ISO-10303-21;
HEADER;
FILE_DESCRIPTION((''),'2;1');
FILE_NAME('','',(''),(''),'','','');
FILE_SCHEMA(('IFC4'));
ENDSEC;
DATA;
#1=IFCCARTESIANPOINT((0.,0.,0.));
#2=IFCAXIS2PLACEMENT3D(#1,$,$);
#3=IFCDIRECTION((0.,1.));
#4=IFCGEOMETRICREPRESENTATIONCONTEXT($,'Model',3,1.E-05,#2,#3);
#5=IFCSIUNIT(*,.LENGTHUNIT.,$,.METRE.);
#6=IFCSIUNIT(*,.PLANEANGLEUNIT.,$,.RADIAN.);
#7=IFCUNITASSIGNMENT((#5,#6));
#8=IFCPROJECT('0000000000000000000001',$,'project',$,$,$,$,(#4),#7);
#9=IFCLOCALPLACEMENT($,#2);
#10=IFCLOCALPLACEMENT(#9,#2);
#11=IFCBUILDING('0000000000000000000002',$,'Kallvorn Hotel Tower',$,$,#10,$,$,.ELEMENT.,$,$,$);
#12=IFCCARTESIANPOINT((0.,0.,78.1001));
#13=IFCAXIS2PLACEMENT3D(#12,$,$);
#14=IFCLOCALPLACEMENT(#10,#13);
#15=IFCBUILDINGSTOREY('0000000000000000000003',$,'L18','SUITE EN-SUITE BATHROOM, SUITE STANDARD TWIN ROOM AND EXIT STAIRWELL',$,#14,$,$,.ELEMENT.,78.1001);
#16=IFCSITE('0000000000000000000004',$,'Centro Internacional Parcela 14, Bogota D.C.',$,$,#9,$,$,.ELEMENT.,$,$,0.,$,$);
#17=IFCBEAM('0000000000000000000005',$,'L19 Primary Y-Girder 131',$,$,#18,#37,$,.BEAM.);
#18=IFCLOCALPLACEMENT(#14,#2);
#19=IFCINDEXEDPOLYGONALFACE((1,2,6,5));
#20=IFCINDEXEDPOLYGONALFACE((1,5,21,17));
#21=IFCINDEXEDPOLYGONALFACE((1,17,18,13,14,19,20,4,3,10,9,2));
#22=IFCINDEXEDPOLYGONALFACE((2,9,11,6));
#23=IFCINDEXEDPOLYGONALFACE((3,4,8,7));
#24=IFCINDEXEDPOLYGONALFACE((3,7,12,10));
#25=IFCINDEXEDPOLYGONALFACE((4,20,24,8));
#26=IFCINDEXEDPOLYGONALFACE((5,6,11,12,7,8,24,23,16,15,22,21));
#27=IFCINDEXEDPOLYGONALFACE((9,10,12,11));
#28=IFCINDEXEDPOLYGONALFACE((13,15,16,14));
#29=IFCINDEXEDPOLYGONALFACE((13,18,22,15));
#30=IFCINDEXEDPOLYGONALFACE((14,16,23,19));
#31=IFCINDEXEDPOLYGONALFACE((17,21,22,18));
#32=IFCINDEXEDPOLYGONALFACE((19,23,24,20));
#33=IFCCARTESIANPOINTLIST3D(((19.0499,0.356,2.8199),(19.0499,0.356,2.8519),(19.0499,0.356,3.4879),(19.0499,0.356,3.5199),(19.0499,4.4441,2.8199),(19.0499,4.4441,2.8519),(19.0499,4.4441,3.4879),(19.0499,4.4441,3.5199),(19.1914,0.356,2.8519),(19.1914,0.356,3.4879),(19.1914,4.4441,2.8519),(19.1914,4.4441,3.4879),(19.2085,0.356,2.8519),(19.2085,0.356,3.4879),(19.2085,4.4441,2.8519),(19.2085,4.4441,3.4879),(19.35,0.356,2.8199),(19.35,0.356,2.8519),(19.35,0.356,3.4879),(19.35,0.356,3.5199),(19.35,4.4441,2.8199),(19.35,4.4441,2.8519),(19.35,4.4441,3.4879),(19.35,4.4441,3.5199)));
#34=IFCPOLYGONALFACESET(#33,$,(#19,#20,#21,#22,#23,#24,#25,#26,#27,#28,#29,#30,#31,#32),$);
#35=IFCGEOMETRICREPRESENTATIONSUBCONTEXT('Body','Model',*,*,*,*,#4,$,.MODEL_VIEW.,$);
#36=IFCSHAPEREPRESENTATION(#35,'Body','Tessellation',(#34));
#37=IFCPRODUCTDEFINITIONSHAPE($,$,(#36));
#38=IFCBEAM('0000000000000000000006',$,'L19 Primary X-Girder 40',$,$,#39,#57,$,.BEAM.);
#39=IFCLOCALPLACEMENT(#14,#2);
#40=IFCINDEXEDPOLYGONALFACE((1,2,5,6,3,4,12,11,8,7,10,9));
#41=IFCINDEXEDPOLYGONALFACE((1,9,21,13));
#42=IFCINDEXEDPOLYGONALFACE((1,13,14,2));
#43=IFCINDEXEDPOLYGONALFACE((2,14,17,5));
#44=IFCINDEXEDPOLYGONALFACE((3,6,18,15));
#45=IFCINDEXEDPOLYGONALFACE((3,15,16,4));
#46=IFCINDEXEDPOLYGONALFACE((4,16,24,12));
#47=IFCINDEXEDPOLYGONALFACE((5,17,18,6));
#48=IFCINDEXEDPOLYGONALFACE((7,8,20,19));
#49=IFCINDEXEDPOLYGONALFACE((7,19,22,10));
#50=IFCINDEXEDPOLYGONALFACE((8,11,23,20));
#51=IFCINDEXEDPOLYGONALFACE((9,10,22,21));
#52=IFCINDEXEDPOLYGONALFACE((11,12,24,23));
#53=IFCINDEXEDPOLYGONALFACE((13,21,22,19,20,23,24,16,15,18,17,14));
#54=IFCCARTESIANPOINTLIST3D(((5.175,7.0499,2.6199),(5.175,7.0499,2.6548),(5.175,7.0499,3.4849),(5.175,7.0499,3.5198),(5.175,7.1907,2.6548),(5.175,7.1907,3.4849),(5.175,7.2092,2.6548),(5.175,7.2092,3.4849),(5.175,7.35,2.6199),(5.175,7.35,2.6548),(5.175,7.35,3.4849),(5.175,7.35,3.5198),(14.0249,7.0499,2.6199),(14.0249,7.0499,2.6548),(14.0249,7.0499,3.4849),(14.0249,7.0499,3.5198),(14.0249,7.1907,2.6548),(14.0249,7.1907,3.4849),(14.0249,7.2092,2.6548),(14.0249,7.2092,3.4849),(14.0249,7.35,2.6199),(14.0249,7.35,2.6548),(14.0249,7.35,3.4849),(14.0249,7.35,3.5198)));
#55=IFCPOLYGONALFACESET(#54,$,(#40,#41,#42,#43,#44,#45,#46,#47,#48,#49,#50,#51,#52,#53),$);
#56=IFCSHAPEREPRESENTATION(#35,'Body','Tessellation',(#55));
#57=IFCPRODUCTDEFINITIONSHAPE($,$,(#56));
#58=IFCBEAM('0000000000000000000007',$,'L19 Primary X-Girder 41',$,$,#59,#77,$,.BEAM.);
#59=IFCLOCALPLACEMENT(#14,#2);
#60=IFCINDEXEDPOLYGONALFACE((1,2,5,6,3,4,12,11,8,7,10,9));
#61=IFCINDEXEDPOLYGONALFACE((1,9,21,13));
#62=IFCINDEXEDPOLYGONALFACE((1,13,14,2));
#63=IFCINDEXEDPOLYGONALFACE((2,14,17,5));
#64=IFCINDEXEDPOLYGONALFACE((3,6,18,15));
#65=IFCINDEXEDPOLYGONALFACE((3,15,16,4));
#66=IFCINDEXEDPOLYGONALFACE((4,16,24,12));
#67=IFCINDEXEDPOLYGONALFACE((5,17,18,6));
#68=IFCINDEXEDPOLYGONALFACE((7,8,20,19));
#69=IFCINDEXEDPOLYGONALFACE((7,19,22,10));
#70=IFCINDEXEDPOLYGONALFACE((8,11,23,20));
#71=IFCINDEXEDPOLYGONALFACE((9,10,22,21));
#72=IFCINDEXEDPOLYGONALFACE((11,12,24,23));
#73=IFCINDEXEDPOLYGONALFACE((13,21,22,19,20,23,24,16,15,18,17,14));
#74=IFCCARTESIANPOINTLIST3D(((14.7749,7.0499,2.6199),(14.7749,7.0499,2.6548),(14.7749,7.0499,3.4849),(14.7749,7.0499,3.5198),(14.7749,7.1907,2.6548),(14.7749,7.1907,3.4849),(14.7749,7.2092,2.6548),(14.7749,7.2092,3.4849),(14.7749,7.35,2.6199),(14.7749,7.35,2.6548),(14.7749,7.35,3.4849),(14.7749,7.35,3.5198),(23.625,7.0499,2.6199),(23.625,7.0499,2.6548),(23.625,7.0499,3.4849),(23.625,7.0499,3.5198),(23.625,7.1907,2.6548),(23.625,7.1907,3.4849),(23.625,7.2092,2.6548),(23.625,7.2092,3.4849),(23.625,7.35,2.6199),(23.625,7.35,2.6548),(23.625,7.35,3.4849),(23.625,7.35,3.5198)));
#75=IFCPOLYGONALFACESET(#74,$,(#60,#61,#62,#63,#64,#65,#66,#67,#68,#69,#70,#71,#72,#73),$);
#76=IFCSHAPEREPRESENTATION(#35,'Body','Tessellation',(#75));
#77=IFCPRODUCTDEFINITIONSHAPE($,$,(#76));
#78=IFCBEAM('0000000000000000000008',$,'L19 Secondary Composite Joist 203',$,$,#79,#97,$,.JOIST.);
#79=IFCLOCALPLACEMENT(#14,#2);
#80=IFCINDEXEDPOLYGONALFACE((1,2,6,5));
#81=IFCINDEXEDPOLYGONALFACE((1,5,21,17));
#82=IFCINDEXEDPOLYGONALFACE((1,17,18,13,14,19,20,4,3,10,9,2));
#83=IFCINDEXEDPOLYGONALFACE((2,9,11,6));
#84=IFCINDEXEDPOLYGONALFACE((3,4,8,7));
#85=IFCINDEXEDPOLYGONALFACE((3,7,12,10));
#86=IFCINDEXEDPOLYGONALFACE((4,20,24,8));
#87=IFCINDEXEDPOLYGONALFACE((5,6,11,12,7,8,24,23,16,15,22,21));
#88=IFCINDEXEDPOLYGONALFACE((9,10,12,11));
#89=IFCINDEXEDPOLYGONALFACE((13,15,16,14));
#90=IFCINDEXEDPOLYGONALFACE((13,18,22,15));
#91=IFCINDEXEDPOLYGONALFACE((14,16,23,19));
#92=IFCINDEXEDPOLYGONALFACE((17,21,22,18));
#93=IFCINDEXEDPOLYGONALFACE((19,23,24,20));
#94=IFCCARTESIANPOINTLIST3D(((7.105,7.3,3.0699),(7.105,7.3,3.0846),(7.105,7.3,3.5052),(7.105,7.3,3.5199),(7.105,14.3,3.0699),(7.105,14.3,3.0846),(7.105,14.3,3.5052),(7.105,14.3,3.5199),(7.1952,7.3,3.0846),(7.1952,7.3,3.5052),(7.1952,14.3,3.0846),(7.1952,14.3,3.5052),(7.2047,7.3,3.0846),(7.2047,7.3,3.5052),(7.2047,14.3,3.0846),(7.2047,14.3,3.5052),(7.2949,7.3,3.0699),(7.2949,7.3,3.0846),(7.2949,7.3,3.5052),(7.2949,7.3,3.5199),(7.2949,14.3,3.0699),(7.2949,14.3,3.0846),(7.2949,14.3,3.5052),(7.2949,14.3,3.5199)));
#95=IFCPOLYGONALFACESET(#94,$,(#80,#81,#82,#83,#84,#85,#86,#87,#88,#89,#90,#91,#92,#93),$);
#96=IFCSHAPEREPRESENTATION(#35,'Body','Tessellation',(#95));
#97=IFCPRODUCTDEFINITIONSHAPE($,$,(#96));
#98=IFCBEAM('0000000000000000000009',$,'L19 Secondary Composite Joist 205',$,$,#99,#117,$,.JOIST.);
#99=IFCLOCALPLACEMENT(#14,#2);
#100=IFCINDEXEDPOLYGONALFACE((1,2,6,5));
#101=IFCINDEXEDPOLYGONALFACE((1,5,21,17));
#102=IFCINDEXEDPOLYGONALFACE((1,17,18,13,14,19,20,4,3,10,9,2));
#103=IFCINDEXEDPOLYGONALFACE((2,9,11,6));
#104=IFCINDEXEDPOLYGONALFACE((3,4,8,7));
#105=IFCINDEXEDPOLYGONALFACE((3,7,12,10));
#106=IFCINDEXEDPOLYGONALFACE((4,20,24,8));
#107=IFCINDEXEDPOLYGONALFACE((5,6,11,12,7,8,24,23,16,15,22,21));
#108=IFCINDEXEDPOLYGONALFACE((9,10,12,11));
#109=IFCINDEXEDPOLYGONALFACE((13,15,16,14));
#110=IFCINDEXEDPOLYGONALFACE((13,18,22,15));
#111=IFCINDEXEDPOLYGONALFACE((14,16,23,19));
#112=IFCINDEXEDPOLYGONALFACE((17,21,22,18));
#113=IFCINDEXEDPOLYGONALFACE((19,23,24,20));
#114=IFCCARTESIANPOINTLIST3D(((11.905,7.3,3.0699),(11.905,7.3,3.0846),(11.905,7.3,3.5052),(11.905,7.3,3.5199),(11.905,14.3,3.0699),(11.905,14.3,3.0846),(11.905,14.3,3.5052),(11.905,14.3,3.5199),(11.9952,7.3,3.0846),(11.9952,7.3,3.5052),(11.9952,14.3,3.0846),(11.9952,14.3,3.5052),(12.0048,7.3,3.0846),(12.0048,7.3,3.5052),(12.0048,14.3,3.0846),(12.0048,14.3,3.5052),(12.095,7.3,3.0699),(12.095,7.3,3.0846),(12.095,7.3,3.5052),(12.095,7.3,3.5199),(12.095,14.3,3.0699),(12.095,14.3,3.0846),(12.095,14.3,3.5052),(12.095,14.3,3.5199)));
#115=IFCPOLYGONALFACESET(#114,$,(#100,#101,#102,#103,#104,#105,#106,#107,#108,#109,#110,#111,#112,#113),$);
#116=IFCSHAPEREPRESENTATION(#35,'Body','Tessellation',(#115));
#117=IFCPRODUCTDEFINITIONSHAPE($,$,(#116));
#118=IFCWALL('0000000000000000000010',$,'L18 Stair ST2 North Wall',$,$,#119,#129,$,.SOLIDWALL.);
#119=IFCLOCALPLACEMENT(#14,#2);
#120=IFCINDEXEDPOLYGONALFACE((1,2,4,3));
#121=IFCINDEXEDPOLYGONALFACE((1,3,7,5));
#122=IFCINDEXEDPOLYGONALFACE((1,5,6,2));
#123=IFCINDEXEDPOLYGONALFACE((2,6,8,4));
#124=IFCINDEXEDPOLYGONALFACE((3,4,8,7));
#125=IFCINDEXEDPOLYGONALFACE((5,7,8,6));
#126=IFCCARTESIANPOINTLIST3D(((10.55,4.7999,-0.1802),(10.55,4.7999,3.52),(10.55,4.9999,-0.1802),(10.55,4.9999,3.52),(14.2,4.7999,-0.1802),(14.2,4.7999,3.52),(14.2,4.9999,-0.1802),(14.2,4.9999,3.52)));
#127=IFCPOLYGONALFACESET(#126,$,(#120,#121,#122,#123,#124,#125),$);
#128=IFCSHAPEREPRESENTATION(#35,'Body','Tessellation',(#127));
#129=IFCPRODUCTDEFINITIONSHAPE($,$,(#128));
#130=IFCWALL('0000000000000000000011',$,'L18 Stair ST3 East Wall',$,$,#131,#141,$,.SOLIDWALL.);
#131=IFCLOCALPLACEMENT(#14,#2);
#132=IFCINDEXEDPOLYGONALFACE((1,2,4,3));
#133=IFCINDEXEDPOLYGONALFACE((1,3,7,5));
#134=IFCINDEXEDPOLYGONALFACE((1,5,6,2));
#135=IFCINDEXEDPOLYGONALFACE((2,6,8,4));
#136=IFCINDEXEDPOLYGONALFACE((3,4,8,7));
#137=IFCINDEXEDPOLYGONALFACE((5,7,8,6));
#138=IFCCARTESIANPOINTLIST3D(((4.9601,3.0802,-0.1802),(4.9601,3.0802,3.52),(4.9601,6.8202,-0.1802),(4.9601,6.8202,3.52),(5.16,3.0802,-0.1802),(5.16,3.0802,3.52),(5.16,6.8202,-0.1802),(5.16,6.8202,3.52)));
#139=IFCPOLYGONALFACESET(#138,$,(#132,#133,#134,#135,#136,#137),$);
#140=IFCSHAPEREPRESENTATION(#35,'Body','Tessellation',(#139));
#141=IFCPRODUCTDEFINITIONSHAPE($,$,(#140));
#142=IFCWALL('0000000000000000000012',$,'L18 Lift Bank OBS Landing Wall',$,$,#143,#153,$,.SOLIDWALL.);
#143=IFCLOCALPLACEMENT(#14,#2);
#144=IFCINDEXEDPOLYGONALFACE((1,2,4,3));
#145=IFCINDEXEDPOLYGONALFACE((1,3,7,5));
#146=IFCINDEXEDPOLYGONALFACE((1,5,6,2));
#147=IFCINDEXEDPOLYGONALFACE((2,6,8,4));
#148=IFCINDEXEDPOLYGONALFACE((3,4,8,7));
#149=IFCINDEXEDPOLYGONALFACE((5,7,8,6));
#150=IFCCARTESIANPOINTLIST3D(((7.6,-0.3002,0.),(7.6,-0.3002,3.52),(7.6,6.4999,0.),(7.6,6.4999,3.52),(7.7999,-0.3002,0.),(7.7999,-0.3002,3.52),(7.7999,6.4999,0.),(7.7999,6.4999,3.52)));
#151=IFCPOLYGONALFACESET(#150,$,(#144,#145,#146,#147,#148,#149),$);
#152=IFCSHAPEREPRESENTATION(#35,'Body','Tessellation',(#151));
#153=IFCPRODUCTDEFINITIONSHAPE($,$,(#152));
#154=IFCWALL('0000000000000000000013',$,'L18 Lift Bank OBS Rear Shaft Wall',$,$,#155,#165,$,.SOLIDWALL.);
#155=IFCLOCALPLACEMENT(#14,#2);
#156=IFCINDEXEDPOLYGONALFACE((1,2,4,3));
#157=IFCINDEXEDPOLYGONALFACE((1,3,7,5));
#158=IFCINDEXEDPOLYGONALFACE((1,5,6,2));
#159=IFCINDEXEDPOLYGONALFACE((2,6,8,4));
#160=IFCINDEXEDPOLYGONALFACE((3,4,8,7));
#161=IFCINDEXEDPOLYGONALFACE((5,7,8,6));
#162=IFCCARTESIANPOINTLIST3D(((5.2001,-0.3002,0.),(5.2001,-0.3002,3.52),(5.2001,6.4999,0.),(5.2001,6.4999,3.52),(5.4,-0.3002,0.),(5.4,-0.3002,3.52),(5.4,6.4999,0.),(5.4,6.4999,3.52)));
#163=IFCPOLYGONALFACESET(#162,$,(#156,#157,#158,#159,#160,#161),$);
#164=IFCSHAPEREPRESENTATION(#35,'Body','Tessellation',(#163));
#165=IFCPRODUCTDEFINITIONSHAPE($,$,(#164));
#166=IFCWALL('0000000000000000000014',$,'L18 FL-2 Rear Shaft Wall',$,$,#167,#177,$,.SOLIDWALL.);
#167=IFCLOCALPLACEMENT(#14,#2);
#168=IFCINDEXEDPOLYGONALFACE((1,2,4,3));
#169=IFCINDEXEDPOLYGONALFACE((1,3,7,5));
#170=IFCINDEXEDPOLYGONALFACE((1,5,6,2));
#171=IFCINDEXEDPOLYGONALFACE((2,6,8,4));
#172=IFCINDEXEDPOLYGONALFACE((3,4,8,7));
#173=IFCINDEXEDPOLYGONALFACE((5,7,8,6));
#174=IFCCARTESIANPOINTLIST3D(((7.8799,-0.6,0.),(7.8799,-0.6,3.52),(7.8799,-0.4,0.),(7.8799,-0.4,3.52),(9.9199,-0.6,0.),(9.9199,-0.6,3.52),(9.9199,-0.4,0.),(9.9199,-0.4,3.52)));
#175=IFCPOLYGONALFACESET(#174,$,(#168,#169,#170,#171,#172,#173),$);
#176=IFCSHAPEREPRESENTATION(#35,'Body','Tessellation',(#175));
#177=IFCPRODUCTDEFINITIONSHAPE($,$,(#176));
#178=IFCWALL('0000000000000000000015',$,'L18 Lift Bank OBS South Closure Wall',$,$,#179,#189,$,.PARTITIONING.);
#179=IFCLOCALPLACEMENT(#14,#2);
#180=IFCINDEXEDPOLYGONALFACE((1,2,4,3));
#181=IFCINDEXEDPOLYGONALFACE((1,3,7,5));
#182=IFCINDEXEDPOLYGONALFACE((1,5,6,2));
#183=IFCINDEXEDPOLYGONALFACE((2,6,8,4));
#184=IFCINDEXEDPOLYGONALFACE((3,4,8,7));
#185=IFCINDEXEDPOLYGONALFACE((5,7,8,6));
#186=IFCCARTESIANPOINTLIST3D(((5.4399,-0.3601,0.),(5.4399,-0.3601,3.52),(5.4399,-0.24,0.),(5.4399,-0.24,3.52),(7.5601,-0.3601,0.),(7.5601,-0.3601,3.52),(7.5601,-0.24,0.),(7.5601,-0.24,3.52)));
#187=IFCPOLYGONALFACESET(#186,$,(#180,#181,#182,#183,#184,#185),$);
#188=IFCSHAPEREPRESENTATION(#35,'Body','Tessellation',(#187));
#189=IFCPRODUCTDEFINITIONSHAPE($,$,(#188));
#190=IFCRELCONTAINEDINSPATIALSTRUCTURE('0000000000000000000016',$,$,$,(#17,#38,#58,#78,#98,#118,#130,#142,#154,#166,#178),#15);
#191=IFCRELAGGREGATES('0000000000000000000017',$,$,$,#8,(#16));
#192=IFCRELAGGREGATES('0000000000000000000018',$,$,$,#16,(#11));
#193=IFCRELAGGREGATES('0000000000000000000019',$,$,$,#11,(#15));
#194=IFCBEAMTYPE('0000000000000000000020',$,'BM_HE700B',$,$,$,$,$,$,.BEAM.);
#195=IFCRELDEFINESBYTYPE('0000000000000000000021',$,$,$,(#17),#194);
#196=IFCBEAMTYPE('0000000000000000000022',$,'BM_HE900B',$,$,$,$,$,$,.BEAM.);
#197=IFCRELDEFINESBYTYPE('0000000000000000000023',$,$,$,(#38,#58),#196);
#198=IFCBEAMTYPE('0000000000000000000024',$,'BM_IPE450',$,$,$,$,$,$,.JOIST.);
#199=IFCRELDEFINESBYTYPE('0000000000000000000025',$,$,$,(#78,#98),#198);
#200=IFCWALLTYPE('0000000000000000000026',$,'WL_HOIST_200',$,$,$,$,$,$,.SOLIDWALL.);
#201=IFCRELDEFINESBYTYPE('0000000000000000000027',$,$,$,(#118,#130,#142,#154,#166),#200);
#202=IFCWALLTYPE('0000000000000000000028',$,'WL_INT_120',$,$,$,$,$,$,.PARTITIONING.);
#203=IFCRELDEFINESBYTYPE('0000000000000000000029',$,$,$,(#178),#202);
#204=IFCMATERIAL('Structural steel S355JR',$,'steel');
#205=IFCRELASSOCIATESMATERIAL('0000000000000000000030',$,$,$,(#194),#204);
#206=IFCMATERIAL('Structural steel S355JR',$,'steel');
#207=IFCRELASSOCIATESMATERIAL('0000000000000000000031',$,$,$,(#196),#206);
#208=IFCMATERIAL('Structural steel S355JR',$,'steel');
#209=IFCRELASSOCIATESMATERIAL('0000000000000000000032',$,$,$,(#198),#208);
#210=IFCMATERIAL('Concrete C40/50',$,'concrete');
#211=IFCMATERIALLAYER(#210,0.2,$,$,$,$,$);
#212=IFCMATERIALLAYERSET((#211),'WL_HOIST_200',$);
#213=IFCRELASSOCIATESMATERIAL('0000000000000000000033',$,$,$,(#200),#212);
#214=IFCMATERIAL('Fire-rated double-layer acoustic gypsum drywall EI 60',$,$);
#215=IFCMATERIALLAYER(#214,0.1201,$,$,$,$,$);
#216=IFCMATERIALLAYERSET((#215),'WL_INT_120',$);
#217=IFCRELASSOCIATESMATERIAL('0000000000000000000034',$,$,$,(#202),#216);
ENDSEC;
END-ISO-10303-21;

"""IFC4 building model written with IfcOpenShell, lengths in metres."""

from ifc_helpers import new_model, si_unit, direction, frame, frame_2d, origin, origin_2d, place, context, subcontext, project, spatial, rectangle, i_section, extrude, material, layer, layer_set, material_profile, profile_set, type_object, element, save


model = new_model("IFC4")

# Units and contexts
model_context = context("Model", 3, precision=1e-05, world=origin(), true_north=direction((0.0, 1.0)))
body_context = subcontext(model_context, "Body", "Model", "MODEL_VIEW")
ifc_project = project(units=[si_unit("LENGTHUNIT", "METRE"), si_unit("PLANEANGLEUNIT", "RADIAN")], contexts=[model_context])

# Site, building, storey
site_placement = place(None, origin())
site = spatial("IfcSite", under=ifc_project, at=site_placement, Name="Centro Internacional Parcela 14, Bogota D.C.", CompositionType="ELEMENT", RefElevation=0.0)
building_placement = place(site_placement, origin())
building = spatial("IfcBuilding", under=site, at=building_placement, Name="Kallvorn Hotel Tower", CompositionType="ELEMENT")
storey_placement = place(building_placement, frame((0.0, 0.0, 78.1001)))
storey = spatial("IfcBuildingStorey", under=building, at=storey_placement, Name="L18", Description="SUITE EN-SUITE BATHROOM, SUITE STANDARD TWIN ROOM AND EXIT STAIRWELL", CompositionType="ELEMENT", Elevation=78.1001)

# Beams
ifc_material_1 = material(Name="Structural steel S355JR", Category="steel")
ifc_material_profile_1 = material_profile(ifc_material_1, i_section(OverallWidth=0.3, OverallDepth=0.7, WebThickness=0.0171, FlangeThickness=0.032, at=origin_2d()), Name="HE 700 B")
ifc_profile_set_1 = profile_set([ifc_material_profile_1], Name="Structural steel S355JR")
beam_type_1 = type_object("IfcBeamType", Name="BM_HE700B", PredefinedType="BEAM", material=ifc_profile_set_1)
beam_1_placement = place(storey_placement, frame((19.2, 0.356, 3.1699), z_axis=(0.0, 1.0, 0.0), x_axis=(-1.0, 0.0, 0.0)))
element("IfcBeam", 1, at=beam_1_placement, inside=storey, type_object=beam_type_1, Name="L19 Primary Y-Girder 131", PredefinedType="BEAM", context=body_context, shape_type="SweptSolid", body=[
    extrude(i_section(OverallWidth=0.3, OverallDepth=0.7, WebThickness=0.0171, FlangeThickness=0.032, at=origin_2d()), origin(), (0.0, 0.0, 1.0), 4.0881),
])
ifc_material_2 = material(Name="Structural steel S355JR", Category="steel")
ifc_material_profile_2 = material_profile(ifc_material_2, i_section(OverallWidth=0.3, OverallDepth=0.8999, WebThickness=0.0186, FlangeThickness=0.0349, at=origin_2d()), Name="HE 900 B")
ifc_profile_set_2 = profile_set([ifc_material_profile_2], Name="Structural steel S355JR")
beam_type_2 = type_object("IfcBeamType", Name="BM_HE900B", PredefinedType="BEAM", material=ifc_profile_set_2)
beam_2_placement = place(storey_placement, frame((5.175, 7.2, 3.0698), z_axis=(1.0, 0.0, 0.0), x_axis=(0.0, 1.0, 0.0)))
element("IfcBeam", 2, at=beam_2_placement, inside=storey, type_object=beam_type_2, Name="L19 Primary X-Girder 40", PredefinedType="BEAM", context=body_context, shape_type="SweptSolid", body=[
    extrude(i_section(OverallWidth=0.3, OverallDepth=0.8999, WebThickness=0.0186, FlangeThickness=0.0349, at=origin_2d()), origin(), (0.0, 0.0, 1.0), 8.8499),
])
beam_3_placement = place(storey_placement, frame((14.7749, 7.2, 3.0698), z_axis=(1.0, 0.0, 0.0), x_axis=(0.0, 1.0, 0.0)))
element("IfcBeam", 3, at=beam_3_placement, inside=storey, type_object=beam_type_2, Name="L19 Primary X-Girder 41", PredefinedType="BEAM", context=body_context, shape_type="SweptSolid", body=[
    extrude(i_section(OverallWidth=0.3, OverallDepth=0.8999, WebThickness=0.0186, FlangeThickness=0.0349, at=origin_2d()), origin(), (0.0, 0.0, 1.0), 8.8501),
])
ifc_material_3 = material(Name="Structural steel S355JR", Category="steel")
ifc_material_profile_3 = material_profile(ifc_material_3, i_section(OverallWidth=0.1899, OverallDepth=0.45, WebThickness=0.0095, FlangeThickness=0.0146, at=origin_2d()), Name="IPE 450")
ifc_profile_set_3 = profile_set([ifc_material_profile_3], Name="Structural steel S355JR")
beam_type_3 = type_object("IfcBeamType", Name="BM_IPE450", PredefinedType="JOIST", material=ifc_profile_set_3)
for number, where, z_axis, x_axis, name in (
    (4, (7.2, 7.3, 3.2949), (0.0, 1.0, 0.0), (-1.0, 0.0, 0.0), "L19 Secondary Composite Joist 203"),
    (5, (12.0, 7.3, 3.2949), (0.0, 1.0, 0.0), (-1.0, 0.0, 0.0), "L19 Secondary Composite Joist 205"),
):
    element("IfcBeam", number, at=place(storey_placement, frame(where, z_axis=z_axis, x_axis=x_axis)), inside=storey, type_object=beam_type_3, Name=name, PredefinedType="JOIST", context=body_context, shape_type="SweptSolid", body=[
        extrude(i_section(OverallWidth=0.1899, OverallDepth=0.45, WebThickness=0.0095, FlangeThickness=0.0146, at=origin_2d()), origin(), (0.0, 0.0, 1.0), 7.0),
    ])

# Walls
ifc_material_4 = material(Name="Concrete C40/50", Category="concrete")
ifc_layer_1 = layer(ifc_material_4, 0.2)
ifc_layer_set_1 = layer_set([ifc_layer_1], Name="WL_HOIST_200")
wall_type_1 = type_object("IfcWallType", Name="WL_HOIST_200", PredefinedType="SOLIDWALL", material=ifc_layer_set_1)
wall_1_placement = place(storey_placement, frame((10.55, 4.8999, -0.1802), z_axis=(0.0, 0.0, 1.0), x_axis=(1.0, 0.0, 0.0)))
element("IfcWall", 6, at=wall_1_placement, inside=storey, type_object=wall_type_1, Name="L18 Stair ST2 North Wall", PredefinedType="SOLIDWALL", context=body_context, shape_type="SweptSolid", body=[
    extrude(rectangle(XDim=3.6499, YDim=0.2, at=frame_2d((1.825, 0.0))), origin(), (0.0, 0.0, 1.0), 3.7002),
])
wall_2_placement = place(storey_placement, frame((5.0601, 3.0801, -0.1802), z_axis=(0.0, 0.0, 1.0), x_axis=(0.0, 1.0, 0.0)))
element("IfcWall", 7, at=wall_2_placement, inside=storey, type_object=wall_type_1, Name="L18 Stair ST3 East Wall", PredefinedType="SOLIDWALL", context=body_context, shape_type="SweptSolid", body=[
    extrude(rectangle(XDim=3.74, YDim=0.2, at=frame_2d((1.8701, 0.0))), origin(), (0.0, 0.0, 1.0), 3.7002),
])
for number, where, z_axis, x_axis, name in (
    (8, (7.7, -0.3, 0.0), (0.0, 0.0, 1.0), (0.0, 1.0, 0.0), "L18 Lift Bank OBS Landing Wall"),
    (9, (5.3, -0.3, 0.0), (0.0, 0.0, 1.0), (0.0, 1.0, 0.0), "L18 Lift Bank OBS Rear Shaft Wall"),
):
    element("IfcWall", number, at=place(storey_placement, frame(where, z_axis=z_axis, x_axis=x_axis)), inside=storey, type_object=wall_type_1, Name=name, PredefinedType="SOLIDWALL", context=body_context, shape_type="SweptSolid", body=[
        extrude(rectangle(XDim=6.8, YDim=0.2, at=frame_2d((3.3999, 0.0))), origin(), (0.0, 0.0, 1.0), 3.52),
    ])
wall_3_placement = place(storey_placement, frame((7.8799, -0.5, 0.0), z_axis=(0.0, 0.0, 1.0), x_axis=(1.0, 0.0, 0.0)))
element("IfcWall", 10, at=wall_3_placement, inside=storey, type_object=wall_type_1, Name="L18 FL-2 Rear Shaft Wall", PredefinedType="SOLIDWALL", context=body_context, shape_type="SweptSolid", body=[
    extrude(rectangle(XDim=2.04, YDim=0.2, at=frame_2d((1.02, 0.0))), origin(), (0.0, 0.0, 1.0), 3.52),
])
ifc_material_5 = material(Name="Fire-rated double-layer acoustic gypsum drywall EI 60")
ifc_layer_2 = layer(ifc_material_5, 0.1201)
ifc_layer_set_2 = layer_set([ifc_layer_2], Name="WL_INT_120")
wall_type_2 = type_object("IfcWallType", Name="WL_INT_120", PredefinedType="PARTITIONING", material=ifc_layer_set_2)
for number, where, z_axis, x_axis, name in (
    (11, (5.4399, -0.3, 0.0), (0.0, 0.0, 1.0), (1.0, 0.0, 0.0), "L18 Lift Bank OBS South Closure Wall"),
):
    element("IfcWall", number, at=place(storey_placement, frame(where, z_axis=z_axis, x_axis=x_axis)), inside=storey, type_object=wall_type_2, Name=name, PredefinedType="PARTITIONING", context=body_context, shape_type="SweptSolid", body=[
        extrude(rectangle(XDim=2.1201, YDim=0.1201, at=frame_2d((1.0601, 0.0))), origin(), (0.0, 0.0, 1.0), 3.52),
    ])

save(model, "model.ifc")
